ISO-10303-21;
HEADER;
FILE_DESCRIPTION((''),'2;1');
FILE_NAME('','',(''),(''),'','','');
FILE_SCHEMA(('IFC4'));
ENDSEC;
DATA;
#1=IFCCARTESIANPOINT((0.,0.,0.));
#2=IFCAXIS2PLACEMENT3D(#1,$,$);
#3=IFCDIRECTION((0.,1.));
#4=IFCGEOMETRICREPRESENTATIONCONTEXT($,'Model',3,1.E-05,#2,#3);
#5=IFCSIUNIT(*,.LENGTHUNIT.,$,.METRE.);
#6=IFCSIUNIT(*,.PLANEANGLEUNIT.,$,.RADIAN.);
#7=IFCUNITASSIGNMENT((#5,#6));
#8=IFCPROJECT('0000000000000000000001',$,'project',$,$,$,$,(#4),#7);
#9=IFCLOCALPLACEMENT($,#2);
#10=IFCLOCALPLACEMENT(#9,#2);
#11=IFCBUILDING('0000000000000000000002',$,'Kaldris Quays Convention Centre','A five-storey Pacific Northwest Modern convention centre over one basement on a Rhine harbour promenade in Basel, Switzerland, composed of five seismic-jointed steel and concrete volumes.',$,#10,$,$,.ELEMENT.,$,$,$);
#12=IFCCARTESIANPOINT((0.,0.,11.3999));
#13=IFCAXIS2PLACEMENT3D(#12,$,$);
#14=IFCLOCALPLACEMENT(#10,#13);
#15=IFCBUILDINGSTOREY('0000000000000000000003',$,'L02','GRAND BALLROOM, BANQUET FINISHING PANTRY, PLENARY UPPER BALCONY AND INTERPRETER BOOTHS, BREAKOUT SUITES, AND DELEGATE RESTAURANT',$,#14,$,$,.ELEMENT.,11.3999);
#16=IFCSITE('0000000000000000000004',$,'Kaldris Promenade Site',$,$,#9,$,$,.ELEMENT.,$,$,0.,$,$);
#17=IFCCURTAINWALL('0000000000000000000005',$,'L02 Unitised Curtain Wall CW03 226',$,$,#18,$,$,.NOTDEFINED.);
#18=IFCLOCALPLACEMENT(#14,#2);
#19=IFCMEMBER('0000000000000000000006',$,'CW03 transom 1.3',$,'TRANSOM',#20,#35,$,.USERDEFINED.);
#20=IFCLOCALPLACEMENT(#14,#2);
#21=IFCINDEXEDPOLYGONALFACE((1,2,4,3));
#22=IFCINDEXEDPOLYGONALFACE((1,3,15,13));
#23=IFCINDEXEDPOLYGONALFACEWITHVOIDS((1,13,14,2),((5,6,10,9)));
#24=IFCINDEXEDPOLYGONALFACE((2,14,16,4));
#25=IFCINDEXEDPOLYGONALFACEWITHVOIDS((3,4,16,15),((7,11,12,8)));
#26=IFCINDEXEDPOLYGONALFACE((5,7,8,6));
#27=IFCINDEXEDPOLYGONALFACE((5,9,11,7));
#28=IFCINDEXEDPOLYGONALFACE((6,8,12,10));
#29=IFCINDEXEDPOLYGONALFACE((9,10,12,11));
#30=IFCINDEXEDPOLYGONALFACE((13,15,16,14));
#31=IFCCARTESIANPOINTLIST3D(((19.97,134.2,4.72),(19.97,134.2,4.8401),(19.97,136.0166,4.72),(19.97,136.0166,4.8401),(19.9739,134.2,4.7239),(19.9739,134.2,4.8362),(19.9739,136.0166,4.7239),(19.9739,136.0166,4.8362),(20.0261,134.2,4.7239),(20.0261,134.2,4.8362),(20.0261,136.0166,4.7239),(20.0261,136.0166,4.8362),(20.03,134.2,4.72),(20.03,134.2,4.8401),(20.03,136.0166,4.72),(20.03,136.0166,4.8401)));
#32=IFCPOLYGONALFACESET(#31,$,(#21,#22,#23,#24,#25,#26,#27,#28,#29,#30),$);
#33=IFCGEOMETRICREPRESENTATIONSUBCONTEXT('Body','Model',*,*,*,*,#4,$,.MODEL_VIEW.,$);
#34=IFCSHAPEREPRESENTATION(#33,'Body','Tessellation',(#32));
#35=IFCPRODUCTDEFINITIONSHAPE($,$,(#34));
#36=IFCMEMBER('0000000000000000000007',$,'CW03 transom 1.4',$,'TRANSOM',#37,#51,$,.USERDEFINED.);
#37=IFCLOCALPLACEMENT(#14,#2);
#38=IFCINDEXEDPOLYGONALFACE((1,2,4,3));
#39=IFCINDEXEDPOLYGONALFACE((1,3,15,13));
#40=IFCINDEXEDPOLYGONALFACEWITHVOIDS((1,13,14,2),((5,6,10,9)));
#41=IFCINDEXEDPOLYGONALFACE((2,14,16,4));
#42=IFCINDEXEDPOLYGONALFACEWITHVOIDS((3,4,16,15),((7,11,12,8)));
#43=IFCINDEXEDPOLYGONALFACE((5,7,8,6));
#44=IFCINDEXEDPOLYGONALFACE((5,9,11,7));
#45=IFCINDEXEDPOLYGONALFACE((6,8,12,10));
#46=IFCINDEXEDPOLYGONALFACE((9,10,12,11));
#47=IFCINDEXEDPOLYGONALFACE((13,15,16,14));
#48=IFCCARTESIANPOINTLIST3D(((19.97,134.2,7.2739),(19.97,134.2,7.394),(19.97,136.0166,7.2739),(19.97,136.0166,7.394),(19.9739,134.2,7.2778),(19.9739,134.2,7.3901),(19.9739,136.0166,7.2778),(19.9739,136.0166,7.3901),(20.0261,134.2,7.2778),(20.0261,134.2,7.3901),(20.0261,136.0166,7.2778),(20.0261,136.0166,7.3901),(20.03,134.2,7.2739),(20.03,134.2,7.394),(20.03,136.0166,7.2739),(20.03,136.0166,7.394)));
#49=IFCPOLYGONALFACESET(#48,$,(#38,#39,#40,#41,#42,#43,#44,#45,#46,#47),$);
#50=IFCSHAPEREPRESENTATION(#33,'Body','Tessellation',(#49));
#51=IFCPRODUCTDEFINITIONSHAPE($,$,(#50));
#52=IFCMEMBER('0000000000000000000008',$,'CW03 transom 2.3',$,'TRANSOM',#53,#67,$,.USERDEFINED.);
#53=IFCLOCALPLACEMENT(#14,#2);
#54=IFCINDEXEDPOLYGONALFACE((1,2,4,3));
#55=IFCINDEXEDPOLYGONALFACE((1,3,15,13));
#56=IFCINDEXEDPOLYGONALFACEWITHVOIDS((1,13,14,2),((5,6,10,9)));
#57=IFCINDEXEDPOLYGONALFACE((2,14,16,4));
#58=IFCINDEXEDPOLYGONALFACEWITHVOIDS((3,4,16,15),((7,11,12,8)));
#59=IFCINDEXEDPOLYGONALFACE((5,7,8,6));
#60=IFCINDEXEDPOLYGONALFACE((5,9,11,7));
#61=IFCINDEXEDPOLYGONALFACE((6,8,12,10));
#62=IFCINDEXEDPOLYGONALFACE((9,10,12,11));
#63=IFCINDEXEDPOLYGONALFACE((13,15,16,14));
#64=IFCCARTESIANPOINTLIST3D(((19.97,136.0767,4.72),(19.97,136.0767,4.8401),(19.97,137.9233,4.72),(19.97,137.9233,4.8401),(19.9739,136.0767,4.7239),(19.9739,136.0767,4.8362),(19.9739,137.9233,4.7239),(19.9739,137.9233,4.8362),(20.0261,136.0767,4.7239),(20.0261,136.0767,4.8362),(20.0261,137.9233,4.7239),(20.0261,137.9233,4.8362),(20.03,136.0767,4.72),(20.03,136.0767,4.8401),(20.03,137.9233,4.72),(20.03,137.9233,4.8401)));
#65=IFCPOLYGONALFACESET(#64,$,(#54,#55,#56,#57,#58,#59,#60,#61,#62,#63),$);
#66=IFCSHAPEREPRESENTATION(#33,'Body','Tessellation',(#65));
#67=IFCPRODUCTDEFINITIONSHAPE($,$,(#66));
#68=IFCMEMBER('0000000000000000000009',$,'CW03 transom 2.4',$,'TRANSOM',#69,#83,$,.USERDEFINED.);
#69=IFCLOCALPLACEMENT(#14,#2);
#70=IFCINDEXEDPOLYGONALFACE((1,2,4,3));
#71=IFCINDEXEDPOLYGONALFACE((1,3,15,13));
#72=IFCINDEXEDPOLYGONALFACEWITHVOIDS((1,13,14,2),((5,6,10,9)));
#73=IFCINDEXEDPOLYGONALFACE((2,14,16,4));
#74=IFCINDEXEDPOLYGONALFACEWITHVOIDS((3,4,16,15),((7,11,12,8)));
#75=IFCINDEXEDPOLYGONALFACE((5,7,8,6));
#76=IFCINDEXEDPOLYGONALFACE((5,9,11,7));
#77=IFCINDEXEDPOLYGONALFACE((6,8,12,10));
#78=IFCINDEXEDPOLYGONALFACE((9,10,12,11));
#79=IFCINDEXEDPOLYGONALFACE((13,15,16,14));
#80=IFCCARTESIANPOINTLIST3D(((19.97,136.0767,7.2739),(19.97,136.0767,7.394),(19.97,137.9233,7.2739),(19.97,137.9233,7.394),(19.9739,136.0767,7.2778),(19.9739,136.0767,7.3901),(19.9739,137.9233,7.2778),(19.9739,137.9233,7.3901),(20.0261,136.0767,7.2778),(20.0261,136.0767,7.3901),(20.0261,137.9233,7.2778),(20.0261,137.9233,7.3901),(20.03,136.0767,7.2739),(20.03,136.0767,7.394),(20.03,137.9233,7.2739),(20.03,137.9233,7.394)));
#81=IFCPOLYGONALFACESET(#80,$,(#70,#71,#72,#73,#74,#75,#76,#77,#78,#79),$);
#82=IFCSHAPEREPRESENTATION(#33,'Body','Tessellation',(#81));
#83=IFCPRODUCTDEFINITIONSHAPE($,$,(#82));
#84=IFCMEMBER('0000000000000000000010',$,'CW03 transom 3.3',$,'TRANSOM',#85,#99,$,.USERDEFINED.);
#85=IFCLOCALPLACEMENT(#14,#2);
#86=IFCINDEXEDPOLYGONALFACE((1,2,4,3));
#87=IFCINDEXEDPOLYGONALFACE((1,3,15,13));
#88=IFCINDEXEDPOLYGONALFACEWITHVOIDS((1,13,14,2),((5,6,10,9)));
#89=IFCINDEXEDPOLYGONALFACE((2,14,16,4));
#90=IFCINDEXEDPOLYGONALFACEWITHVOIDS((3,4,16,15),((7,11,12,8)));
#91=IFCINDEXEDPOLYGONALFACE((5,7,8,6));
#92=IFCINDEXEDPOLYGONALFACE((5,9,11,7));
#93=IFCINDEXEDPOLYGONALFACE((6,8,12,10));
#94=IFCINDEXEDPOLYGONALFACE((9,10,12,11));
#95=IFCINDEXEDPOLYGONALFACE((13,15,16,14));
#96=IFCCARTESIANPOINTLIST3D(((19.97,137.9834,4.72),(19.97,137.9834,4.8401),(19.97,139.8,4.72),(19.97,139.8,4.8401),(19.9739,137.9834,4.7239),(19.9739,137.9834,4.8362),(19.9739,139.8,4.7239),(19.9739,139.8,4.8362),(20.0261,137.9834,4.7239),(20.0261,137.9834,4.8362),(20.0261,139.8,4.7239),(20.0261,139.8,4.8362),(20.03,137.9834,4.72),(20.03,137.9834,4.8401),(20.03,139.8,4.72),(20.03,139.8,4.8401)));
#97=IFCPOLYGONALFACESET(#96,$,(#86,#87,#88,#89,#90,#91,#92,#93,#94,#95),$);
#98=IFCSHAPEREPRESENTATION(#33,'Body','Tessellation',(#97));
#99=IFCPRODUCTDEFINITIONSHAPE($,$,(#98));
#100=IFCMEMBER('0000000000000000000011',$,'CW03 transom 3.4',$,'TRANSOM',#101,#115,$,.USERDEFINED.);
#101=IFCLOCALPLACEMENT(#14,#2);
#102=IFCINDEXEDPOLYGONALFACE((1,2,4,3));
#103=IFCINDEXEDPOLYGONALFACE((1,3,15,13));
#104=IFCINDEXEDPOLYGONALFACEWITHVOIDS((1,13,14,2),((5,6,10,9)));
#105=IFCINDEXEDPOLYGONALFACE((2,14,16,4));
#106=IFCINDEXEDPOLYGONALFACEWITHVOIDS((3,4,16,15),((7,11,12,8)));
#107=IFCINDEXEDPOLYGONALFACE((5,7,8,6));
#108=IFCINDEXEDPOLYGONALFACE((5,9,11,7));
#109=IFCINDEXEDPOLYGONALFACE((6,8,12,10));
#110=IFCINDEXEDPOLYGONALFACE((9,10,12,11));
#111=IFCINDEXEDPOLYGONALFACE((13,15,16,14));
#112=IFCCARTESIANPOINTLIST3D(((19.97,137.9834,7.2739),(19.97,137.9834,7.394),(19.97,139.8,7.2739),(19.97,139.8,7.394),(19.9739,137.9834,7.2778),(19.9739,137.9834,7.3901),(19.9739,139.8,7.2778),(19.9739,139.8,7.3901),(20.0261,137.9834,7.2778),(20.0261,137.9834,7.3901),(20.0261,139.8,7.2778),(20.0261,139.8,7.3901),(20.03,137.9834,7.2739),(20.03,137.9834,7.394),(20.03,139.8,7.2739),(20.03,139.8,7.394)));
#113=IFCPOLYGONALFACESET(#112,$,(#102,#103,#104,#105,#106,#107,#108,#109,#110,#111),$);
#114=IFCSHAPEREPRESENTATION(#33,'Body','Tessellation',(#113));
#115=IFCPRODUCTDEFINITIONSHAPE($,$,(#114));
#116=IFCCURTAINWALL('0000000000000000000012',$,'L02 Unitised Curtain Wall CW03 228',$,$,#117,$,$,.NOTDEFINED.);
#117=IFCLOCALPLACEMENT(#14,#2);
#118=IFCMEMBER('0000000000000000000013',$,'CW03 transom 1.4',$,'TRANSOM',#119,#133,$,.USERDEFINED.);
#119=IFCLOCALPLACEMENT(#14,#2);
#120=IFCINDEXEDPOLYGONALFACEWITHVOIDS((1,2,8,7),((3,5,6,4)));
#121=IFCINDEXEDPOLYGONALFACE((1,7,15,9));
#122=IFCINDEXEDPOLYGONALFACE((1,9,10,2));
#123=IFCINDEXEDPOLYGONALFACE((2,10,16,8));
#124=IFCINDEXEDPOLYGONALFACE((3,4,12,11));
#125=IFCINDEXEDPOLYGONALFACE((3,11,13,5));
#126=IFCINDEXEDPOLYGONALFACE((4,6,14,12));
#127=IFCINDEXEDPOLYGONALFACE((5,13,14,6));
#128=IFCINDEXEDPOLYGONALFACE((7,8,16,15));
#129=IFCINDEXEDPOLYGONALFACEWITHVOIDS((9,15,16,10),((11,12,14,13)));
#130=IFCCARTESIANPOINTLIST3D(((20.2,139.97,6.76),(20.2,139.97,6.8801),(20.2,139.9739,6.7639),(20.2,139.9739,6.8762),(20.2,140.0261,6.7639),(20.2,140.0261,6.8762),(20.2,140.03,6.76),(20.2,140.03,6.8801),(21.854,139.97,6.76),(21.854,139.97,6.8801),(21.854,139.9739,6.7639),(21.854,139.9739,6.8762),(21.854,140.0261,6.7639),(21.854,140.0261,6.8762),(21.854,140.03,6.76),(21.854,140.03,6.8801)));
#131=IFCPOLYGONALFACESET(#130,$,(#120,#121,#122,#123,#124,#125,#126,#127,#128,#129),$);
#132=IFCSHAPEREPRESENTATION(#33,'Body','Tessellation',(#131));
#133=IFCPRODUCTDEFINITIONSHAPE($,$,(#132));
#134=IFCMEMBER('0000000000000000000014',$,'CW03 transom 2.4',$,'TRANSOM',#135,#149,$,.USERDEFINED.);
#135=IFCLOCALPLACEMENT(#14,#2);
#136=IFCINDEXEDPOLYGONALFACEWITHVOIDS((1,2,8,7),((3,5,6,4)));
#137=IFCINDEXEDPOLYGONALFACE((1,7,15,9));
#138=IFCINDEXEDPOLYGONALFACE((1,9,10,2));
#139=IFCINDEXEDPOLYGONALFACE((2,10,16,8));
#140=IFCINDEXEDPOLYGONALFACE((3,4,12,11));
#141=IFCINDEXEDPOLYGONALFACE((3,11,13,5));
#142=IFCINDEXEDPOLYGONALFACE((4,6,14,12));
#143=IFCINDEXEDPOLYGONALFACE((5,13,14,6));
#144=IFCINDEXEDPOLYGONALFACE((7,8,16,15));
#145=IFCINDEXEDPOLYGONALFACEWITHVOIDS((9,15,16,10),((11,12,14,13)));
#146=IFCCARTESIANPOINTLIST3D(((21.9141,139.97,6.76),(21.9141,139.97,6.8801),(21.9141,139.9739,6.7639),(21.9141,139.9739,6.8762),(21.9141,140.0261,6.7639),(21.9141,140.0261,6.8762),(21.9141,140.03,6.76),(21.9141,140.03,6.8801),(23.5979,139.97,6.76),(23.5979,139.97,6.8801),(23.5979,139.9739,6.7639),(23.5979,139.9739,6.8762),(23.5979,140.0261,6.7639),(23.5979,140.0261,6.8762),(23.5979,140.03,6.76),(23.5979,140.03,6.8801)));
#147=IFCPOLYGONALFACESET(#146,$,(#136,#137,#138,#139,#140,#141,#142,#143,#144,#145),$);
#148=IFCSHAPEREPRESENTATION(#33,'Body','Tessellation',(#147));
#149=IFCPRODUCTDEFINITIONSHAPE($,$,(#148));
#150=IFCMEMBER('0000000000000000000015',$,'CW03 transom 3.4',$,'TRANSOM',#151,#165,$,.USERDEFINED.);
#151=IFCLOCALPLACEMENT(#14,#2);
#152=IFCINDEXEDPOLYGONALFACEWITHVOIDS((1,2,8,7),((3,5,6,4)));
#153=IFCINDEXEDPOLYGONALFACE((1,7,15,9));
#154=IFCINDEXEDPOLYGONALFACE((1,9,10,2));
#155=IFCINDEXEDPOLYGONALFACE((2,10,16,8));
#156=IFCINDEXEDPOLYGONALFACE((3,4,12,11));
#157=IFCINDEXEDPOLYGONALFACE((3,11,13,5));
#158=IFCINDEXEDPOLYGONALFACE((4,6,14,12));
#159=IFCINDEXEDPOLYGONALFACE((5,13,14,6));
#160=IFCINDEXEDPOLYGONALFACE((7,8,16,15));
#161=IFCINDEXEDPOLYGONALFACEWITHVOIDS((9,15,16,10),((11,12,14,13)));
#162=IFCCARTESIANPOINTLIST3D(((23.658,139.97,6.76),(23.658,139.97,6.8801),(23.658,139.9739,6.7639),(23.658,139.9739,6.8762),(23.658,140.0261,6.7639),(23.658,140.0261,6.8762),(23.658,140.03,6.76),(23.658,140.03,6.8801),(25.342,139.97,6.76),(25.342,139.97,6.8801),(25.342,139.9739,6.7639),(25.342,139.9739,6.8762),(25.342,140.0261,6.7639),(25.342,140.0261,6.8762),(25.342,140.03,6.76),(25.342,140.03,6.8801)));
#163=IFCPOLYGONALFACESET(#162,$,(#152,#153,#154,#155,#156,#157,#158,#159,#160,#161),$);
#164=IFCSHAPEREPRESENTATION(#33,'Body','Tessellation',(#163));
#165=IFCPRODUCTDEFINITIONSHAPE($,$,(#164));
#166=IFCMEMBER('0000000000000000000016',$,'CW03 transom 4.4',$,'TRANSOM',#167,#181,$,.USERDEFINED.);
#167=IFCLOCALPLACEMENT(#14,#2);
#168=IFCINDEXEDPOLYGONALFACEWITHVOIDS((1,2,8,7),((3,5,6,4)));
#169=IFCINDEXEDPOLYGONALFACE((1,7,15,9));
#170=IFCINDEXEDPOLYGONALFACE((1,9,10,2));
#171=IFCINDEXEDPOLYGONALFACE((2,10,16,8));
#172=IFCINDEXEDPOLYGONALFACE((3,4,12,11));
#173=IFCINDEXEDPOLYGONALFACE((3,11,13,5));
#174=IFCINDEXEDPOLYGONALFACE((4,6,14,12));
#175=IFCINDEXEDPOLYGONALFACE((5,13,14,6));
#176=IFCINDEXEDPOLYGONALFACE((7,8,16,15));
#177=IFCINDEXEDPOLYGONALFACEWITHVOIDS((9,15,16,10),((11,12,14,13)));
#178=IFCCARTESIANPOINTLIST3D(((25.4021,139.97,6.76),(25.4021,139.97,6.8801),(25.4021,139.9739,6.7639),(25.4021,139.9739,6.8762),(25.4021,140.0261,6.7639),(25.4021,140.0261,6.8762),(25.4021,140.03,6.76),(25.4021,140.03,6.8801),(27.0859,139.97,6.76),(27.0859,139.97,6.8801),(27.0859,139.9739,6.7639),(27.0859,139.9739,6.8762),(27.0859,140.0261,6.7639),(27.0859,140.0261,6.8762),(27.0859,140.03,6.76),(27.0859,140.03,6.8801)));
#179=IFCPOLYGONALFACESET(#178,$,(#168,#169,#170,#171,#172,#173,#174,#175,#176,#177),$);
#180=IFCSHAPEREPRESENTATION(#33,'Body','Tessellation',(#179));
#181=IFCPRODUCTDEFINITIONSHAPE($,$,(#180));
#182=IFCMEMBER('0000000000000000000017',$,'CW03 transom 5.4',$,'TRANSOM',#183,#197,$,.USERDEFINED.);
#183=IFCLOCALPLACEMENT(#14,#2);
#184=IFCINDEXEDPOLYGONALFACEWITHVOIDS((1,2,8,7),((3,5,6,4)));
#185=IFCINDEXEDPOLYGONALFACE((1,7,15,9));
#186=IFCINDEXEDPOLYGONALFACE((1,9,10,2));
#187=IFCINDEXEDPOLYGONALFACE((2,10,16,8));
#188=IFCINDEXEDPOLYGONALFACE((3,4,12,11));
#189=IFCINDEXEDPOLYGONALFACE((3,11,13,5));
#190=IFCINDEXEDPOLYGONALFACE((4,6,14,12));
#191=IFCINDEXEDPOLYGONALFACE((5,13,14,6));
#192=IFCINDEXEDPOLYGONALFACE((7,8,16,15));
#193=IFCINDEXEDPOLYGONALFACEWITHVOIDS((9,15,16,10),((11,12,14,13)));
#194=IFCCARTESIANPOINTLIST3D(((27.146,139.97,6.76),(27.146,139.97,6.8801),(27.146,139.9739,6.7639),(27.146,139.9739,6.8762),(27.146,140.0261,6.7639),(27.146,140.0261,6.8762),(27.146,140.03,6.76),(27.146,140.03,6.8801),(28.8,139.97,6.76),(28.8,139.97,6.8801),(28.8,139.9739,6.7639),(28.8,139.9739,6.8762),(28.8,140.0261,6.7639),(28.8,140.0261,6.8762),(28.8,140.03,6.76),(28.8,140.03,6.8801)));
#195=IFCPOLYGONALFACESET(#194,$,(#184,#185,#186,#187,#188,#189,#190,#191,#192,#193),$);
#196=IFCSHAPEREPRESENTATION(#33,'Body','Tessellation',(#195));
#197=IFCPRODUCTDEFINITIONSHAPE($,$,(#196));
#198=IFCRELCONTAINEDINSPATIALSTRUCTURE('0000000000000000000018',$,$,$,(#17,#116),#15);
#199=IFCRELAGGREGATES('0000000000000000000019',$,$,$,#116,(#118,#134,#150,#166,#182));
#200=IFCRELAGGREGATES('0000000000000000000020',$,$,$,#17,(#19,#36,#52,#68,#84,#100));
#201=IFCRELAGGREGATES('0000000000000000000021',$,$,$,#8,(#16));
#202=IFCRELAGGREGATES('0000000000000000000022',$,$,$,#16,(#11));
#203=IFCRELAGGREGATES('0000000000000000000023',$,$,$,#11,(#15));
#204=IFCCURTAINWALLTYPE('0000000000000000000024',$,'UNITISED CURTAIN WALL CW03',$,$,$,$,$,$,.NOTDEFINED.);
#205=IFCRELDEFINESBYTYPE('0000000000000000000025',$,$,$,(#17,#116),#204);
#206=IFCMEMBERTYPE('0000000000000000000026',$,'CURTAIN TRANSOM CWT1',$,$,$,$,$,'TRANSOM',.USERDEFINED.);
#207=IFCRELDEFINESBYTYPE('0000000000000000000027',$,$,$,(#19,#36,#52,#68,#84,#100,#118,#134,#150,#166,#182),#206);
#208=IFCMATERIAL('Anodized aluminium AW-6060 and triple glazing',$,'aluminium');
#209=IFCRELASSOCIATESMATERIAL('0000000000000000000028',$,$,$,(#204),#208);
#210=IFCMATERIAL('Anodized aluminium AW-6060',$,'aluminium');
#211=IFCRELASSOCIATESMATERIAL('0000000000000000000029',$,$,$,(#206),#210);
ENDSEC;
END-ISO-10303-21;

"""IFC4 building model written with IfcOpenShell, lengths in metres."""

from ifc_helpers import new_model, si_unit, direction, frame, origin, origin_2d, place, context, subcontext, project, spatial, hollow_rectangle, extrude, material, material_profile, profile_set, type_object, element, aggregate, save


model = new_model("IFC4")

# Units and contexts
model_context = context("Model", 3, precision=1e-05, world=origin(), true_north=direction((0.0, 1.0)))
body_context = subcontext(model_context, "Body", "Model", "MODEL_VIEW")
ifc_project = project(units=[si_unit("LENGTHUNIT", "METRE"), si_unit("PLANEANGLEUNIT", "RADIAN")], contexts=[model_context])

# Site, building, storey
site_placement = place(None, origin())
site = spatial("IfcSite", under=ifc_project, at=site_placement, Name="Kaldris Promenade Site", CompositionType="ELEMENT", RefElevation=0.0)
building_placement = place(site_placement, origin())
building = spatial("IfcBuilding", under=site, at=building_placement, Name="Kaldris Quays Convention Centre", Description="A five-storey Pacific Northwest Modern convention centre over one basement on a Rhine harbour promenade in Basel, Switzerland, composed of five seismic-jointed steel and concrete volumes.", CompositionType="ELEMENT")
storey_placement = place(building_placement, frame((0.0, 0.0, 11.3999)))
storey = spatial("IfcBuildingStorey", under=building, at=storey_placement, Name="L02", Description="GRAND BALLROOM, BANQUET FINISHING PANTRY, PLENARY UPPER BALCONY AND INTERPRETER BOOTHS, BREAKOUT SUITES, AND DELEGATE RESTAURANT", CompositionType="ELEMENT", Elevation=11.3999)

# Curtain walls, members
ifc_material_1 = material(Name="Anodized aluminium AW-6060 and triple glazing", Category="aluminium")
curtain_wall_type = type_object("IfcCurtainWallType", Name="UNITISED CURTAIN WALL CW03", PredefinedType="NOTDEFINED", material=ifc_material_1)
curtain_wall_1_placement = place(storey_placement, origin())
curtain_wall_1 = element("IfcCurtainWall", 1, at=curtain_wall_1_placement, inside=storey, type_object=curtain_wall_type, Name="L02 Unitised Curtain Wall CW03 226", PredefinedType="NOTDEFINED")
ifc_material_2 = material(Name="Anodized aluminium AW-6060", Category="aluminium")
ifc_material_profile_1 = material_profile(ifc_material_2, hollow_rectangle(XDim=0.0601, YDim=0.1201, WallThickness=0.0039, at=origin_2d()), Name="RHS 120x60x4")
ifc_profile_set_1 = profile_set([ifc_material_profile_1], Name="Anodized aluminium AW-6060")
member_type_1 = type_object("IfcMemberType", Name="CURTAIN TRANSOM CWT1", ElementType="TRANSOM", PredefinedType="USERDEFINED", material=ifc_profile_set_1)
member_1_placement = place(storey_placement, frame((20.0, 134.2, 4.78), z_axis=(0.0, 1.0, 0.0), x_axis=(-1.0, 0.0, 0.0)))
member_1 = element("IfcMember", 2, at=member_1_placement, type_object=member_type_1, Name="CW03 transom 1.3", ObjectType="TRANSOM", PredefinedType="USERDEFINED", context=body_context, shape_type="SweptSolid", body=[
    extrude(hollow_rectangle(XDim=0.0601, YDim=0.1201, WallThickness=0.0039, at=origin_2d()), origin(), (0.0, 0.0, 1.0), 1.8167),
])
member_2_placement = place(storey_placement, frame((20.0, 134.2, 7.334), z_axis=(0.0, 1.0, 0.0), x_axis=(-1.0, 0.0, 0.0)))
member_2 = element("IfcMember", 3, at=member_2_placement, type_object=member_type_1, Name="CW03 transom 1.4", ObjectType="TRANSOM", PredefinedType="USERDEFINED", context=body_context, shape_type="SweptSolid", body=[
    extrude(hollow_rectangle(XDim=0.0601, YDim=0.1201, WallThickness=0.0039, at=origin_2d()), origin(), (0.0, 0.0, 1.0), 1.8167),
])
member_3_placement = place(storey_placement, frame((20.0, 136.0767, 4.78), z_axis=(0.0, 1.0, 0.0), x_axis=(-1.0, 0.0, 0.0)))
member_3 = element("IfcMember", 4, at=member_3_placement, type_object=member_type_1, Name="CW03 transom 2.3", ObjectType="TRANSOM", PredefinedType="USERDEFINED", context=body_context, shape_type="SweptSolid", body=[
    extrude(hollow_rectangle(XDim=0.0601, YDim=0.1201, WallThickness=0.0039, at=origin_2d()), origin(), (0.0, 0.0, 1.0), 1.8467),
])
member_4_placement = place(storey_placement, frame((20.0, 136.0767, 7.334), z_axis=(0.0, 1.0, 0.0), x_axis=(-1.0, 0.0, 0.0)))
member_4 = element("IfcMember", 5, at=member_4_placement, type_object=member_type_1, Name="CW03 transom 2.4", ObjectType="TRANSOM", PredefinedType="USERDEFINED", context=body_context, shape_type="SweptSolid", body=[
    extrude(hollow_rectangle(XDim=0.0601, YDim=0.1201, WallThickness=0.0039, at=origin_2d()), origin(), (0.0, 0.0, 1.0), 1.8467),
])
member_5_placement = place(storey_placement, frame((20.0, 137.9834, 4.78), z_axis=(0.0, 1.0, 0.0), x_axis=(-1.0, 0.0, 0.0)))
member_5 = element("IfcMember", 6, at=member_5_placement, type_object=member_type_1, Name="CW03 transom 3.3", ObjectType="TRANSOM", PredefinedType="USERDEFINED", context=body_context, shape_type="SweptSolid", body=[
    extrude(hollow_rectangle(XDim=0.0601, YDim=0.1201, WallThickness=0.0039, at=origin_2d()), origin(), (0.0, 0.0, 1.0), 1.8167),
])
member_6_placement = place(storey_placement, frame((20.0, 137.9834, 7.334), z_axis=(0.0, 1.0, 0.0), x_axis=(-1.0, 0.0, 0.0)))
member_6 = element("IfcMember", 7, at=member_6_placement, type_object=member_type_1, Name="CW03 transom 3.4", ObjectType="TRANSOM", PredefinedType="USERDEFINED", context=body_context, shape_type="SweptSolid", body=[
    extrude(hollow_rectangle(XDim=0.0601, YDim=0.1201, WallThickness=0.0039, at=origin_2d()), origin(), (0.0, 0.0, 1.0), 1.8167),
])
curtain_wall_2_placement = place(storey_placement, origin())
curtain_wall_2 = element("IfcCurtainWall", 8, at=curtain_wall_2_placement, inside=storey, type_object=curtain_wall_type, Name="L02 Unitised Curtain Wall CW03 228", PredefinedType="NOTDEFINED")
member_7_placement = place(storey_placement, frame((20.2, 140.0, 6.8201), z_axis=(1.0, 0.0, 0.0), x_axis=(0.0, 1.0, 0.0)))
member_7 = element("IfcMember", 9, at=member_7_placement, type_object=member_type_1, Name="CW03 transom 1.4", ObjectType="TRANSOM", PredefinedType="USERDEFINED", context=body_context, shape_type="SweptSolid", body=[
    extrude(hollow_rectangle(XDim=0.0601, YDim=0.1201, WallThickness=0.0039, at=origin_2d()), origin(), (0.0, 0.0, 1.0), 1.6541),
])
member_8_placement = place(storey_placement, frame((21.9141, 140.0, 6.8201), z_axis=(1.0, 0.0, 0.0), x_axis=(0.0, 1.0, 0.0)))
member_8 = element("IfcMember", 10, at=member_8_placement, type_object=member_type_1, Name="CW03 transom 2.4", ObjectType="TRANSOM", PredefinedType="USERDEFINED", context=body_context, shape_type="SweptSolid", body=[
    extrude(hollow_rectangle(XDim=0.0601, YDim=0.1201, WallThickness=0.0039, at=origin_2d()), origin(), (0.0, 0.0, 1.0), 1.6838),
])
member_9_placement = place(storey_placement, frame((23.658, 140.0, 6.8201), z_axis=(1.0, 0.0, 0.0), x_axis=(0.0, 1.0, 0.0)))
member_9 = element("IfcMember", 11, at=member_9_placement, type_object=member_type_1, Name="CW03 transom 3.4", ObjectType="TRANSOM", PredefinedType="USERDEFINED", context=body_context, shape_type="SweptSolid", body=[
    extrude(hollow_rectangle(XDim=0.0601, YDim=0.1201, WallThickness=0.0039, at=origin_2d()), origin(), (0.0, 0.0, 1.0), 1.6841),
])
member_10_placement = place(storey_placement, frame((25.4021, 140.0, 6.8201), z_axis=(1.0, 0.0, 0.0), x_axis=(0.0, 1.0, 0.0)))
member_10 = element("IfcMember", 12, at=member_10_placement, type_object=member_type_1, Name="CW03 transom 4.4", ObjectType="TRANSOM", PredefinedType="USERDEFINED", context=body_context, shape_type="SweptSolid", body=[
    extrude(hollow_rectangle(XDim=0.0601, YDim=0.1201, WallThickness=0.0039, at=origin_2d()), origin(), (0.0, 0.0, 1.0), 1.6838),
])
member_11_placement = place(storey_placement, frame((27.146, 140.0, 6.8201), z_axis=(1.0, 0.0, 0.0), x_axis=(0.0, 1.0, 0.0)))
member_11 = element("IfcMember", 13, at=member_11_placement, type_object=member_type_1, Name="CW03 transom 5.4", ObjectType="TRANSOM", PredefinedType="USERDEFINED", context=body_context, shape_type="SweptSolid", body=[
    extrude(hollow_rectangle(XDim=0.0601, YDim=0.1201, WallThickness=0.0039, at=origin_2d()), origin(), (0.0, 0.0, 1.0), 1.6541),
])
aggregate(curtain_wall_2, [member_7, member_8, member_9, member_10, member_11])

aggregate(curtain_wall_1, [member_1, member_2, member_3, member_4, member_5, member_6])

save(model, "model.ifc")
